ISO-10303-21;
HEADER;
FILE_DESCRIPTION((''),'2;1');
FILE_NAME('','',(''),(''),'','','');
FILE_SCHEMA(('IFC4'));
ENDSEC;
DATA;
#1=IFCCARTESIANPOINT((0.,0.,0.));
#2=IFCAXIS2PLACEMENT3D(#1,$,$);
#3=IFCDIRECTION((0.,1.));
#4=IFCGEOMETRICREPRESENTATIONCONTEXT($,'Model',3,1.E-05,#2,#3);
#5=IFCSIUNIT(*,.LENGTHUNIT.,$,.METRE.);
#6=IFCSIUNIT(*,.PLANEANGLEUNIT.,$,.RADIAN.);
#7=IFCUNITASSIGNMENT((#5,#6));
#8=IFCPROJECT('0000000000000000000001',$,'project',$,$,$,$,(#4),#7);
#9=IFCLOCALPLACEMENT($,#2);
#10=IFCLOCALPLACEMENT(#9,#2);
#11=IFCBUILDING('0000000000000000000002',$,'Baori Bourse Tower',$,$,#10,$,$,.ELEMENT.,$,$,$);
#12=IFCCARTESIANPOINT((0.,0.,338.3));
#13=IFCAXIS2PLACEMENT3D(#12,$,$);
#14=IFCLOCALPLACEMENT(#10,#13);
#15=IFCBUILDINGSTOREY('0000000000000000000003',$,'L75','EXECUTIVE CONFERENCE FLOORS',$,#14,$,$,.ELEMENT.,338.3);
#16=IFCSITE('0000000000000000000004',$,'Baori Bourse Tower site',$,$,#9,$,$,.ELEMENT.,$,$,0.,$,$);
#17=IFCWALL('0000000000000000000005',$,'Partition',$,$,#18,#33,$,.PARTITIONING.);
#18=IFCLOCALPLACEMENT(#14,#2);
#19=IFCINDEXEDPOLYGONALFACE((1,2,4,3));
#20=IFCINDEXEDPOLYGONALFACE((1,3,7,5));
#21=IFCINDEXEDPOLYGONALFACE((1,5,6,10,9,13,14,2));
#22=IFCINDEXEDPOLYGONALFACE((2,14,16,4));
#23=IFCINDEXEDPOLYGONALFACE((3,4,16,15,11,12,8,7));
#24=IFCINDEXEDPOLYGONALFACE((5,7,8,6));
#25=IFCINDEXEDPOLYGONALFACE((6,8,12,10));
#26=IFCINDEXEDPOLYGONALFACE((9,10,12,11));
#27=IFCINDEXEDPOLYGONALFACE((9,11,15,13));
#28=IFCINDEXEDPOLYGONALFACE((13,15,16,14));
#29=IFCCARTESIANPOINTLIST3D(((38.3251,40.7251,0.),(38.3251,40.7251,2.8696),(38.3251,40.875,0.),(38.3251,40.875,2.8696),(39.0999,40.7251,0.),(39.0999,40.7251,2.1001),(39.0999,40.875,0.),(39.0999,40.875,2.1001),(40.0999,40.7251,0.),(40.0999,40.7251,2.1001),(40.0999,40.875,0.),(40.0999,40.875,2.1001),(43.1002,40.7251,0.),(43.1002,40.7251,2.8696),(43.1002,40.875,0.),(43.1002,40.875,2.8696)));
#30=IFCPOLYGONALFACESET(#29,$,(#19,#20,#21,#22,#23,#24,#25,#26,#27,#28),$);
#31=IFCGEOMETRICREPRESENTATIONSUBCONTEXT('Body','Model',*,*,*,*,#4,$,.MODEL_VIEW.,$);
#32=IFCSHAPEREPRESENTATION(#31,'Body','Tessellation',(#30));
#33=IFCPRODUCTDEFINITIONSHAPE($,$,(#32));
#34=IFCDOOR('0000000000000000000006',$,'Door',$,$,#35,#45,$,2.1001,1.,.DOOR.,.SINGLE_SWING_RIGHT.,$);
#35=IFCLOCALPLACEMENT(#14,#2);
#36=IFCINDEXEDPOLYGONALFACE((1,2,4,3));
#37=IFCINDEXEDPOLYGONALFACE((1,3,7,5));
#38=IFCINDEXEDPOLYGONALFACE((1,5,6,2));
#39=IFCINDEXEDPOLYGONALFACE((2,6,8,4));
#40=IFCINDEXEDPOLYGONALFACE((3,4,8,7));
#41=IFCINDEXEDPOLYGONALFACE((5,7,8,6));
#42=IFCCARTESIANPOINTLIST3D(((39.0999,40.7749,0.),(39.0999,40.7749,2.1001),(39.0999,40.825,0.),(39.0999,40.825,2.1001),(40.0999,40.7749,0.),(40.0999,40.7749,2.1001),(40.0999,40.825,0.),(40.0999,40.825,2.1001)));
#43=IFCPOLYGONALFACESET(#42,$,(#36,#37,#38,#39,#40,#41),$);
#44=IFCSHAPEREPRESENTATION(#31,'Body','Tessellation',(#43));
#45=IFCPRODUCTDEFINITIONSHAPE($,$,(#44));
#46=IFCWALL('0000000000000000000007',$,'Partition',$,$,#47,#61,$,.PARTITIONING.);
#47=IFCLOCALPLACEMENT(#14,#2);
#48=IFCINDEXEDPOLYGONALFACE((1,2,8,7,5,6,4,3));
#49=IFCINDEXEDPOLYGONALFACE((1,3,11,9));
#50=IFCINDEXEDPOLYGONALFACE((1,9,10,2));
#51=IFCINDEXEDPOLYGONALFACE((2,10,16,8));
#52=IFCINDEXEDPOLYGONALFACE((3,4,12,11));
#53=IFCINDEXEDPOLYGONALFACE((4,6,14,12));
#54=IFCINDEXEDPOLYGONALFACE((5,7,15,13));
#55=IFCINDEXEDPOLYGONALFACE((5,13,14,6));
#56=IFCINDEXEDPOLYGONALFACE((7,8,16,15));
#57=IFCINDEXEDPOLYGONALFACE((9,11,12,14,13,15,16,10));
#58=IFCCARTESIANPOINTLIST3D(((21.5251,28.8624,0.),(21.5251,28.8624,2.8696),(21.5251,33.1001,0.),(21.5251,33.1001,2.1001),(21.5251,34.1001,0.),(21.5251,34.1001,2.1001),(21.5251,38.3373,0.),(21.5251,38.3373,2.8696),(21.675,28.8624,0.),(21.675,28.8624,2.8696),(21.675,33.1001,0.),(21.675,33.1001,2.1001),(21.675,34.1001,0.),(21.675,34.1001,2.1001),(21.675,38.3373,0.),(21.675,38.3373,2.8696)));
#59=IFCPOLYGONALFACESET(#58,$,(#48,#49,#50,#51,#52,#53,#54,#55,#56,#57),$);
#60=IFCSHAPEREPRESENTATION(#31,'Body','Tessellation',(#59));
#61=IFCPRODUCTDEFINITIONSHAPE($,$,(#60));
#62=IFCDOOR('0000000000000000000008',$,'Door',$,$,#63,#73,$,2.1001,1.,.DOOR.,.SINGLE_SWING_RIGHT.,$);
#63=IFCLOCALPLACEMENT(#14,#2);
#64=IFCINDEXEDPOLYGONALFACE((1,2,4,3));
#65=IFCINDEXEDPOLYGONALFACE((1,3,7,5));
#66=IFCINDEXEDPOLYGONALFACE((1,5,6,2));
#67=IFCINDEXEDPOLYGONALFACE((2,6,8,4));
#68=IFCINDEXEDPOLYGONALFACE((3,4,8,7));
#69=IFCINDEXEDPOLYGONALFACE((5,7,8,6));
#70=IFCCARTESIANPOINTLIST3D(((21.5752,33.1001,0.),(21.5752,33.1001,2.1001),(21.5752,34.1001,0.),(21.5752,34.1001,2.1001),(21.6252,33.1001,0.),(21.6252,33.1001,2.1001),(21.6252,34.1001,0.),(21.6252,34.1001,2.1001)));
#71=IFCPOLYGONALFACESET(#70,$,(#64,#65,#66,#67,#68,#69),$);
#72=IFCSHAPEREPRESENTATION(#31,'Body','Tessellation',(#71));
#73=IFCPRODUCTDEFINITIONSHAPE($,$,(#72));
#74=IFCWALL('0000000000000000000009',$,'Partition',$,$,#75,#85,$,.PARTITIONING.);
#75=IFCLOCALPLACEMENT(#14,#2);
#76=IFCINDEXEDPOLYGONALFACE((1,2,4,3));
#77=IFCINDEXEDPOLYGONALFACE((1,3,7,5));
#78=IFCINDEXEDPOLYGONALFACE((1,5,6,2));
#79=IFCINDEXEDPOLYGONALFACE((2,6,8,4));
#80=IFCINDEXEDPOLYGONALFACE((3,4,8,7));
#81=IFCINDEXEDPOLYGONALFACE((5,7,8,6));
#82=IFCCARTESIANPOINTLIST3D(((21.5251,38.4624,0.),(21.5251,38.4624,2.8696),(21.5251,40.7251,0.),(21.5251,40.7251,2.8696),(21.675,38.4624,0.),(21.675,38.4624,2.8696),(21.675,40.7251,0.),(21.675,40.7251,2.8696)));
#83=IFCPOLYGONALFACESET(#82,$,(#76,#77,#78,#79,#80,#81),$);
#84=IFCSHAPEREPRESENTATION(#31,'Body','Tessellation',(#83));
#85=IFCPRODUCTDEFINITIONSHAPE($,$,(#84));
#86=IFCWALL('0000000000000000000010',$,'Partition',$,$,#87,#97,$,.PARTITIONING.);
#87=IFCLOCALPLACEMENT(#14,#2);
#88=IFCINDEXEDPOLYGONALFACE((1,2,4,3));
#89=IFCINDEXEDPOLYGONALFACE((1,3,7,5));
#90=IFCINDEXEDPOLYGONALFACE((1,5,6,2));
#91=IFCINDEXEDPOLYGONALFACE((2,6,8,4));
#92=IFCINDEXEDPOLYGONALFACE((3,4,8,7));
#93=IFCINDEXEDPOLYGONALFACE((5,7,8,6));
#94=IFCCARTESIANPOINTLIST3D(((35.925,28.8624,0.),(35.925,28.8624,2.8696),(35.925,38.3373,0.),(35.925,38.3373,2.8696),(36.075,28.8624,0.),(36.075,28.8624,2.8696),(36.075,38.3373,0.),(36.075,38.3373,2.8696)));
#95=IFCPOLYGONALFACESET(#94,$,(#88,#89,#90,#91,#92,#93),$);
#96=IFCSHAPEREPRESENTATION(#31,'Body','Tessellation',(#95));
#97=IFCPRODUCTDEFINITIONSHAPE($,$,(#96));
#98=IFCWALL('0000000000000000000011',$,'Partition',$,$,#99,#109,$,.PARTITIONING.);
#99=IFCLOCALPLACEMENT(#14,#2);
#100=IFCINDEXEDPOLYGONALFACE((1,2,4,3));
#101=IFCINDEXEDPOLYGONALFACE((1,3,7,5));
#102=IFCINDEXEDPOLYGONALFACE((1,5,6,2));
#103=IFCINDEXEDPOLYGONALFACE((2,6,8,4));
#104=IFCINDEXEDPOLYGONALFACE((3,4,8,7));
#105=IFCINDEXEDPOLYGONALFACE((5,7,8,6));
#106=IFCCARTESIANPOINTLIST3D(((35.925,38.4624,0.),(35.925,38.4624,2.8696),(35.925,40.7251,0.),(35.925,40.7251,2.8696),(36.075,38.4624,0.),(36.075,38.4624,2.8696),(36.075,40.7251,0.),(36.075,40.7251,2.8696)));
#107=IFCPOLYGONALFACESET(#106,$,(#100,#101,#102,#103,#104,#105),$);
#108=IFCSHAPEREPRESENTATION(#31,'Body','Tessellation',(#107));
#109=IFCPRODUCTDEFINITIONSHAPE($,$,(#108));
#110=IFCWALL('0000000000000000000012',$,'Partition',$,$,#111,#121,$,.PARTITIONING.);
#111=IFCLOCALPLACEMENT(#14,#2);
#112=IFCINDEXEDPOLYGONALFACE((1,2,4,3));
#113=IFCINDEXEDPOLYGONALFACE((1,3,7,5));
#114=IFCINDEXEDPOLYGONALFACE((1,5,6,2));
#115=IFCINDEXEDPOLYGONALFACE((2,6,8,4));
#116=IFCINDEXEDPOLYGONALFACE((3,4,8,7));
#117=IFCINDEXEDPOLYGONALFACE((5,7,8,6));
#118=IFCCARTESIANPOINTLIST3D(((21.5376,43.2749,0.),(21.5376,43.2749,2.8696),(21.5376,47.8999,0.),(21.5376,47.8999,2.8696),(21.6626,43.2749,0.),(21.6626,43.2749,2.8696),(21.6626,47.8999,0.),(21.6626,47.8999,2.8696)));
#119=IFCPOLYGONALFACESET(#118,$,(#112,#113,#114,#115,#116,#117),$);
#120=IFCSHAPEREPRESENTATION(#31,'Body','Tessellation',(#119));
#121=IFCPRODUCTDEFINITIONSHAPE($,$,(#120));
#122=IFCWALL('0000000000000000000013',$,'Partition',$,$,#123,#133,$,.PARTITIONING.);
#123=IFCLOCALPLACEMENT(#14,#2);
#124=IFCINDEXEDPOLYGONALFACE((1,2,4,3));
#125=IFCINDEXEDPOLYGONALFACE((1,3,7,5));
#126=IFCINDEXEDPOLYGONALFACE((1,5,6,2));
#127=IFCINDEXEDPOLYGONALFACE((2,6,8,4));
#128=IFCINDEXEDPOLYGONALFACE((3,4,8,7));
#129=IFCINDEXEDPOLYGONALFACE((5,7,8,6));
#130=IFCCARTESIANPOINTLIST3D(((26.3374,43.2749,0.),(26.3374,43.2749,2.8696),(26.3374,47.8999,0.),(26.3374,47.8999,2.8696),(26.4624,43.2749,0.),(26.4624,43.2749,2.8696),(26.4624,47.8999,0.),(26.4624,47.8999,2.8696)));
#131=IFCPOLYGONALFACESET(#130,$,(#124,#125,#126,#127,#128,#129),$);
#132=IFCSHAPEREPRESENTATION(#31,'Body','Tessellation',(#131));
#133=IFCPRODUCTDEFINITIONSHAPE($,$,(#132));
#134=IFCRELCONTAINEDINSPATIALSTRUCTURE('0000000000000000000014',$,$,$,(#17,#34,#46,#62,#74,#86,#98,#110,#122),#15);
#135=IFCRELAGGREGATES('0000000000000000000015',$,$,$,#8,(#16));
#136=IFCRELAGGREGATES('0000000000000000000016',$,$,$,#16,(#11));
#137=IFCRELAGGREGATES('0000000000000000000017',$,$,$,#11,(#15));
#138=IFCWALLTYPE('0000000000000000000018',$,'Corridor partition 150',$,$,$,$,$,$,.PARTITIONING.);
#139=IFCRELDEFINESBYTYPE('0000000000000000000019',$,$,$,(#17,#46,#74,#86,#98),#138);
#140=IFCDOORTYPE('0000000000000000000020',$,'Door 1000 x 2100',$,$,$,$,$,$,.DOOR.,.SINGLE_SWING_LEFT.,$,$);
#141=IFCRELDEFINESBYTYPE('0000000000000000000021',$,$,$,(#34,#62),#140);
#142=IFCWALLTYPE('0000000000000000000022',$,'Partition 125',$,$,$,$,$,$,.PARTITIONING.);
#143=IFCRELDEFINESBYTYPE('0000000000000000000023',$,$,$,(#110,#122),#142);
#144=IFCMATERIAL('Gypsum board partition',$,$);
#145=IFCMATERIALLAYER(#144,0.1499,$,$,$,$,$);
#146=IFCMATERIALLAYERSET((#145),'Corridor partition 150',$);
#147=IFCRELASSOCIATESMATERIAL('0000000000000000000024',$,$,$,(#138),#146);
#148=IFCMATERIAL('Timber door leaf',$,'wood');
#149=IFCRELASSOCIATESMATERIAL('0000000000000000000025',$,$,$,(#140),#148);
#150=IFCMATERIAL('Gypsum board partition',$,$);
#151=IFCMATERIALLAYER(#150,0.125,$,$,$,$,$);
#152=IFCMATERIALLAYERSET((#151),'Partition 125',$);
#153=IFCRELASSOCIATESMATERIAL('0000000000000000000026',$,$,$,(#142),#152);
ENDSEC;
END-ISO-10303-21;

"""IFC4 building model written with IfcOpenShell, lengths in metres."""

from ifc_helpers import new_model, si_unit, direction, frame, frame_2d, origin, place, context, subcontext, project, spatial, rectangle, extrude, material, layer, layer_set, type_object, element, fill, save


model = new_model("IFC4")

# Units and contexts
model_context = context("Model", 3, precision=1e-05, world=origin(), true_north=direction((0.0, 1.0)))
body_context = subcontext(model_context, "Body", "Model", "MODEL_VIEW")
ifc_project = project(units=[si_unit("LENGTHUNIT", "METRE"), si_unit("PLANEANGLEUNIT", "RADIAN")], contexts=[model_context])

# Site, building, storey
site_placement = place(None, origin())
site = spatial("IfcSite", under=ifc_project, at=site_placement, Name="Baori Bourse Tower site", CompositionType="ELEMENT", RefElevation=0.0)
building_placement = place(site_placement, origin())
building = spatial("IfcBuilding", under=site, at=building_placement, Name="Baori Bourse Tower", CompositionType="ELEMENT")
storey_placement = place(building_placement, frame((0.0, 0.0, 338.3)))
storey = spatial("IfcBuildingStorey", under=building, at=storey_placement, Name="L75", Description="EXECUTIVE CONFERENCE FLOORS", CompositionType="ELEMENT", Elevation=338.3)

# Walls, openings, doors
ifc_material_1 = material(Name="Gypsum board partition")
ifc_layer_1 = layer(ifc_material_1, 0.1499)
ifc_layer_set_1 = layer_set([ifc_layer_1], Name="Corridor partition 150")
wall_type_1 = type_object("IfcWallType", Name="Corridor partition 150", PredefinedType="PARTITIONING", material=ifc_layer_set_1)
wall_1_placement = place(storey_placement, frame((38.325, 40.8, 0.0), z_axis=(0.0, 0.0, 1.0), x_axis=(1.0, 0.0, 0.0)))
wall_1 = element("IfcWall", 1, at=wall_1_placement, inside=storey, type_object=wall_type_1, Name="Partition", PredefinedType="PARTITIONING", context=body_context, shape_type="SweptSolid", body=[
    extrude(rectangle(XDim=4.7751, YDim=0.1499, at=frame_2d((2.3877, 0.0))), origin(), (0.0, 0.0, 1.0), 2.8696),
])
opening_1_placement = place(wall_1_placement, frame((0.7749, 0.0, 0.0)))
opening_1 = element("IfcOpeningElement", 2, at=opening_1_placement, cuts=wall_1, PredefinedType="OPENING", context=body_context, shape_type="SweptSolid", body=[
    extrude(rectangle(XDim=1.0, YDim=2.1001, at=frame_2d((0.5, 1.05))), frame((0.0, 0.085, 0.0), z_axis=(0.0, -1.0, 0.0), x_axis=(1.0, 0.0, 0.0)), (0.0, 0.0, 1.0), 0.1699),
])
ifc_material_2 = material(Name="Timber door leaf", Category="wood")
door_type = type_object("IfcDoorType", Name="Door 1000 x 2100", OperationType="SINGLE_SWING_LEFT", PredefinedType="DOOR", material=ifc_material_2)
door_1_placement = place(opening_1_placement, origin())
door_1 = element("IfcDoor", 3, at=door_1_placement, inside=storey, type_object=door_type, Name="Door", OperationType="SINGLE_SWING_RIGHT", OverallHeight=2.1001, OverallWidth=1.0, PredefinedType="DOOR", context=body_context, shape_type="SweptSolid", body=[
    extrude(rectangle(XDim=1.0, YDim=2.1001, at=frame_2d((0.5, 1.05))), frame((0.0, 0.0249, 0.0), z_axis=(0.0, -1.0, 0.0), x_axis=(1.0, 0.0, 0.0)), (0.0, 0.0, 1.0), 0.05),
])
fill(opening_1, door_1)
wall_2_placement = place(storey_placement, frame((21.6001, 28.8625, 0.0), z_axis=(0.0, 0.0, 1.0), x_axis=(0.0, 1.0, 0.0)))
wall_2 = element("IfcWall", 4, at=wall_2_placement, inside=storey, type_object=wall_type_1, Name="Partition", PredefinedType="PARTITIONING", context=body_context, shape_type="SweptSolid", body=[
    extrude(rectangle(XDim=9.4749, YDim=0.1499, at=frame_2d((4.7373, 0.0))), origin(), (0.0, 0.0, 1.0), 2.8696),
])
opening_2_placement = place(wall_2_placement, frame((4.2375, 0.0, 0.0)))
opening_2 = element("IfcOpeningElement", 5, at=opening_2_placement, cuts=wall_2, PredefinedType="OPENING", context=body_context, shape_type="SweptSolid", body=[
    extrude(rectangle(XDim=1.0, YDim=2.1001, at=frame_2d((0.5, 1.05))), frame((0.0, 0.085, 0.0), z_axis=(0.0, -1.0, 0.0), x_axis=(1.0, 0.0, 0.0)), (0.0, 0.0, 1.0), 0.1699),
])
door_2_placement = place(opening_2_placement, origin())
door_2 = element("IfcDoor", 6, at=door_2_placement, inside=storey, type_object=door_type, Name="Door", OperationType="SINGLE_SWING_RIGHT", OverallHeight=2.1001, OverallWidth=1.0, PredefinedType="DOOR", context=body_context, shape_type="SweptSolid", body=[
    extrude(rectangle(XDim=1.0, YDim=2.1001, at=frame_2d((0.5, 1.05))), frame((0.0, 0.0249, 0.0), z_axis=(0.0, -1.0, 0.0), x_axis=(1.0, 0.0, 0.0)), (0.0, 0.0, 1.0), 0.05),
])
fill(opening_2, door_2)

# Walls
wall_3_placement = place(storey_placement, frame((21.6001, 38.4624, 0.0), z_axis=(0.0, 0.0, 1.0), x_axis=(0.0, 1.0, 0.0)))
element("IfcWall", 7, at=wall_3_placement, inside=storey, type_object=wall_type_1, Name="Partition", PredefinedType="PARTITIONING", context=body_context, shape_type="SweptSolid", body=[
    extrude(rectangle(XDim=2.2627, YDim=0.1499, at=frame_2d((1.1313, 0.0))), origin(), (0.0, 0.0, 1.0), 2.8696),
])
wall_4_placement = place(storey_placement, frame((36.0, 28.8625, 0.0), z_axis=(0.0, 0.0, 1.0), x_axis=(0.0, 1.0, 0.0)))
element("IfcWall", 8, at=wall_4_placement, inside=storey, type_object=wall_type_1, Name="Partition", PredefinedType="PARTITIONING", context=body_context, shape_type="SweptSolid", body=[
    extrude(rectangle(XDim=9.4749, YDim=0.1499, at=frame_2d((4.7373, 0.0))), origin(), (0.0, 0.0, 1.0), 2.8696),
])
wall_5_placement = place(storey_placement, frame((36.0, 38.4624, 0.0), z_axis=(0.0, 0.0, 1.0), x_axis=(0.0, 1.0, 0.0)))
element("IfcWall", 9, at=wall_5_placement, inside=storey, type_object=wall_type_1, Name="Partition", PredefinedType="PARTITIONING", context=body_context, shape_type="SweptSolid", body=[
    extrude(rectangle(XDim=2.2627, YDim=0.1499, at=frame_2d((1.1313, 0.0))), origin(), (0.0, 0.0, 1.0), 2.8696),
])
ifc_material_3 = material(Name="Gypsum board partition")
ifc_layer_2 = layer(ifc_material_3, 0.125)
ifc_layer_set_2 = layer_set([ifc_layer_2], Name="Partition 125")
wall_type_2 = type_object("IfcWallType", Name="Partition 125", PredefinedType="PARTITIONING", material=ifc_layer_set_2)
for number, where, z_axis, x_axis, name in (
    (10, (21.6001, 43.2749, 0.0), (0.0, 0.0, 1.0), (0.0, 1.0, 0.0), "Partition"),
    (11, (26.3999, 43.2749, 0.0), (0.0, 0.0, 1.0), (0.0, 1.0, 0.0), "Partition"),
):
    element("IfcWall", number, at=place(storey_placement, frame(where, z_axis=z_axis, x_axis=x_axis)), inside=storey, type_object=wall_type_2, Name=name, PredefinedType="PARTITIONING", context=body_context, shape_type="SweptSolid", body=[
        extrude(rectangle(XDim=4.625, YDim=0.125, at=frame_2d((2.3125, 0.0))), origin(), (0.0, 0.0, 1.0), 2.8696),
    ])

save(model, "model.ifc")
